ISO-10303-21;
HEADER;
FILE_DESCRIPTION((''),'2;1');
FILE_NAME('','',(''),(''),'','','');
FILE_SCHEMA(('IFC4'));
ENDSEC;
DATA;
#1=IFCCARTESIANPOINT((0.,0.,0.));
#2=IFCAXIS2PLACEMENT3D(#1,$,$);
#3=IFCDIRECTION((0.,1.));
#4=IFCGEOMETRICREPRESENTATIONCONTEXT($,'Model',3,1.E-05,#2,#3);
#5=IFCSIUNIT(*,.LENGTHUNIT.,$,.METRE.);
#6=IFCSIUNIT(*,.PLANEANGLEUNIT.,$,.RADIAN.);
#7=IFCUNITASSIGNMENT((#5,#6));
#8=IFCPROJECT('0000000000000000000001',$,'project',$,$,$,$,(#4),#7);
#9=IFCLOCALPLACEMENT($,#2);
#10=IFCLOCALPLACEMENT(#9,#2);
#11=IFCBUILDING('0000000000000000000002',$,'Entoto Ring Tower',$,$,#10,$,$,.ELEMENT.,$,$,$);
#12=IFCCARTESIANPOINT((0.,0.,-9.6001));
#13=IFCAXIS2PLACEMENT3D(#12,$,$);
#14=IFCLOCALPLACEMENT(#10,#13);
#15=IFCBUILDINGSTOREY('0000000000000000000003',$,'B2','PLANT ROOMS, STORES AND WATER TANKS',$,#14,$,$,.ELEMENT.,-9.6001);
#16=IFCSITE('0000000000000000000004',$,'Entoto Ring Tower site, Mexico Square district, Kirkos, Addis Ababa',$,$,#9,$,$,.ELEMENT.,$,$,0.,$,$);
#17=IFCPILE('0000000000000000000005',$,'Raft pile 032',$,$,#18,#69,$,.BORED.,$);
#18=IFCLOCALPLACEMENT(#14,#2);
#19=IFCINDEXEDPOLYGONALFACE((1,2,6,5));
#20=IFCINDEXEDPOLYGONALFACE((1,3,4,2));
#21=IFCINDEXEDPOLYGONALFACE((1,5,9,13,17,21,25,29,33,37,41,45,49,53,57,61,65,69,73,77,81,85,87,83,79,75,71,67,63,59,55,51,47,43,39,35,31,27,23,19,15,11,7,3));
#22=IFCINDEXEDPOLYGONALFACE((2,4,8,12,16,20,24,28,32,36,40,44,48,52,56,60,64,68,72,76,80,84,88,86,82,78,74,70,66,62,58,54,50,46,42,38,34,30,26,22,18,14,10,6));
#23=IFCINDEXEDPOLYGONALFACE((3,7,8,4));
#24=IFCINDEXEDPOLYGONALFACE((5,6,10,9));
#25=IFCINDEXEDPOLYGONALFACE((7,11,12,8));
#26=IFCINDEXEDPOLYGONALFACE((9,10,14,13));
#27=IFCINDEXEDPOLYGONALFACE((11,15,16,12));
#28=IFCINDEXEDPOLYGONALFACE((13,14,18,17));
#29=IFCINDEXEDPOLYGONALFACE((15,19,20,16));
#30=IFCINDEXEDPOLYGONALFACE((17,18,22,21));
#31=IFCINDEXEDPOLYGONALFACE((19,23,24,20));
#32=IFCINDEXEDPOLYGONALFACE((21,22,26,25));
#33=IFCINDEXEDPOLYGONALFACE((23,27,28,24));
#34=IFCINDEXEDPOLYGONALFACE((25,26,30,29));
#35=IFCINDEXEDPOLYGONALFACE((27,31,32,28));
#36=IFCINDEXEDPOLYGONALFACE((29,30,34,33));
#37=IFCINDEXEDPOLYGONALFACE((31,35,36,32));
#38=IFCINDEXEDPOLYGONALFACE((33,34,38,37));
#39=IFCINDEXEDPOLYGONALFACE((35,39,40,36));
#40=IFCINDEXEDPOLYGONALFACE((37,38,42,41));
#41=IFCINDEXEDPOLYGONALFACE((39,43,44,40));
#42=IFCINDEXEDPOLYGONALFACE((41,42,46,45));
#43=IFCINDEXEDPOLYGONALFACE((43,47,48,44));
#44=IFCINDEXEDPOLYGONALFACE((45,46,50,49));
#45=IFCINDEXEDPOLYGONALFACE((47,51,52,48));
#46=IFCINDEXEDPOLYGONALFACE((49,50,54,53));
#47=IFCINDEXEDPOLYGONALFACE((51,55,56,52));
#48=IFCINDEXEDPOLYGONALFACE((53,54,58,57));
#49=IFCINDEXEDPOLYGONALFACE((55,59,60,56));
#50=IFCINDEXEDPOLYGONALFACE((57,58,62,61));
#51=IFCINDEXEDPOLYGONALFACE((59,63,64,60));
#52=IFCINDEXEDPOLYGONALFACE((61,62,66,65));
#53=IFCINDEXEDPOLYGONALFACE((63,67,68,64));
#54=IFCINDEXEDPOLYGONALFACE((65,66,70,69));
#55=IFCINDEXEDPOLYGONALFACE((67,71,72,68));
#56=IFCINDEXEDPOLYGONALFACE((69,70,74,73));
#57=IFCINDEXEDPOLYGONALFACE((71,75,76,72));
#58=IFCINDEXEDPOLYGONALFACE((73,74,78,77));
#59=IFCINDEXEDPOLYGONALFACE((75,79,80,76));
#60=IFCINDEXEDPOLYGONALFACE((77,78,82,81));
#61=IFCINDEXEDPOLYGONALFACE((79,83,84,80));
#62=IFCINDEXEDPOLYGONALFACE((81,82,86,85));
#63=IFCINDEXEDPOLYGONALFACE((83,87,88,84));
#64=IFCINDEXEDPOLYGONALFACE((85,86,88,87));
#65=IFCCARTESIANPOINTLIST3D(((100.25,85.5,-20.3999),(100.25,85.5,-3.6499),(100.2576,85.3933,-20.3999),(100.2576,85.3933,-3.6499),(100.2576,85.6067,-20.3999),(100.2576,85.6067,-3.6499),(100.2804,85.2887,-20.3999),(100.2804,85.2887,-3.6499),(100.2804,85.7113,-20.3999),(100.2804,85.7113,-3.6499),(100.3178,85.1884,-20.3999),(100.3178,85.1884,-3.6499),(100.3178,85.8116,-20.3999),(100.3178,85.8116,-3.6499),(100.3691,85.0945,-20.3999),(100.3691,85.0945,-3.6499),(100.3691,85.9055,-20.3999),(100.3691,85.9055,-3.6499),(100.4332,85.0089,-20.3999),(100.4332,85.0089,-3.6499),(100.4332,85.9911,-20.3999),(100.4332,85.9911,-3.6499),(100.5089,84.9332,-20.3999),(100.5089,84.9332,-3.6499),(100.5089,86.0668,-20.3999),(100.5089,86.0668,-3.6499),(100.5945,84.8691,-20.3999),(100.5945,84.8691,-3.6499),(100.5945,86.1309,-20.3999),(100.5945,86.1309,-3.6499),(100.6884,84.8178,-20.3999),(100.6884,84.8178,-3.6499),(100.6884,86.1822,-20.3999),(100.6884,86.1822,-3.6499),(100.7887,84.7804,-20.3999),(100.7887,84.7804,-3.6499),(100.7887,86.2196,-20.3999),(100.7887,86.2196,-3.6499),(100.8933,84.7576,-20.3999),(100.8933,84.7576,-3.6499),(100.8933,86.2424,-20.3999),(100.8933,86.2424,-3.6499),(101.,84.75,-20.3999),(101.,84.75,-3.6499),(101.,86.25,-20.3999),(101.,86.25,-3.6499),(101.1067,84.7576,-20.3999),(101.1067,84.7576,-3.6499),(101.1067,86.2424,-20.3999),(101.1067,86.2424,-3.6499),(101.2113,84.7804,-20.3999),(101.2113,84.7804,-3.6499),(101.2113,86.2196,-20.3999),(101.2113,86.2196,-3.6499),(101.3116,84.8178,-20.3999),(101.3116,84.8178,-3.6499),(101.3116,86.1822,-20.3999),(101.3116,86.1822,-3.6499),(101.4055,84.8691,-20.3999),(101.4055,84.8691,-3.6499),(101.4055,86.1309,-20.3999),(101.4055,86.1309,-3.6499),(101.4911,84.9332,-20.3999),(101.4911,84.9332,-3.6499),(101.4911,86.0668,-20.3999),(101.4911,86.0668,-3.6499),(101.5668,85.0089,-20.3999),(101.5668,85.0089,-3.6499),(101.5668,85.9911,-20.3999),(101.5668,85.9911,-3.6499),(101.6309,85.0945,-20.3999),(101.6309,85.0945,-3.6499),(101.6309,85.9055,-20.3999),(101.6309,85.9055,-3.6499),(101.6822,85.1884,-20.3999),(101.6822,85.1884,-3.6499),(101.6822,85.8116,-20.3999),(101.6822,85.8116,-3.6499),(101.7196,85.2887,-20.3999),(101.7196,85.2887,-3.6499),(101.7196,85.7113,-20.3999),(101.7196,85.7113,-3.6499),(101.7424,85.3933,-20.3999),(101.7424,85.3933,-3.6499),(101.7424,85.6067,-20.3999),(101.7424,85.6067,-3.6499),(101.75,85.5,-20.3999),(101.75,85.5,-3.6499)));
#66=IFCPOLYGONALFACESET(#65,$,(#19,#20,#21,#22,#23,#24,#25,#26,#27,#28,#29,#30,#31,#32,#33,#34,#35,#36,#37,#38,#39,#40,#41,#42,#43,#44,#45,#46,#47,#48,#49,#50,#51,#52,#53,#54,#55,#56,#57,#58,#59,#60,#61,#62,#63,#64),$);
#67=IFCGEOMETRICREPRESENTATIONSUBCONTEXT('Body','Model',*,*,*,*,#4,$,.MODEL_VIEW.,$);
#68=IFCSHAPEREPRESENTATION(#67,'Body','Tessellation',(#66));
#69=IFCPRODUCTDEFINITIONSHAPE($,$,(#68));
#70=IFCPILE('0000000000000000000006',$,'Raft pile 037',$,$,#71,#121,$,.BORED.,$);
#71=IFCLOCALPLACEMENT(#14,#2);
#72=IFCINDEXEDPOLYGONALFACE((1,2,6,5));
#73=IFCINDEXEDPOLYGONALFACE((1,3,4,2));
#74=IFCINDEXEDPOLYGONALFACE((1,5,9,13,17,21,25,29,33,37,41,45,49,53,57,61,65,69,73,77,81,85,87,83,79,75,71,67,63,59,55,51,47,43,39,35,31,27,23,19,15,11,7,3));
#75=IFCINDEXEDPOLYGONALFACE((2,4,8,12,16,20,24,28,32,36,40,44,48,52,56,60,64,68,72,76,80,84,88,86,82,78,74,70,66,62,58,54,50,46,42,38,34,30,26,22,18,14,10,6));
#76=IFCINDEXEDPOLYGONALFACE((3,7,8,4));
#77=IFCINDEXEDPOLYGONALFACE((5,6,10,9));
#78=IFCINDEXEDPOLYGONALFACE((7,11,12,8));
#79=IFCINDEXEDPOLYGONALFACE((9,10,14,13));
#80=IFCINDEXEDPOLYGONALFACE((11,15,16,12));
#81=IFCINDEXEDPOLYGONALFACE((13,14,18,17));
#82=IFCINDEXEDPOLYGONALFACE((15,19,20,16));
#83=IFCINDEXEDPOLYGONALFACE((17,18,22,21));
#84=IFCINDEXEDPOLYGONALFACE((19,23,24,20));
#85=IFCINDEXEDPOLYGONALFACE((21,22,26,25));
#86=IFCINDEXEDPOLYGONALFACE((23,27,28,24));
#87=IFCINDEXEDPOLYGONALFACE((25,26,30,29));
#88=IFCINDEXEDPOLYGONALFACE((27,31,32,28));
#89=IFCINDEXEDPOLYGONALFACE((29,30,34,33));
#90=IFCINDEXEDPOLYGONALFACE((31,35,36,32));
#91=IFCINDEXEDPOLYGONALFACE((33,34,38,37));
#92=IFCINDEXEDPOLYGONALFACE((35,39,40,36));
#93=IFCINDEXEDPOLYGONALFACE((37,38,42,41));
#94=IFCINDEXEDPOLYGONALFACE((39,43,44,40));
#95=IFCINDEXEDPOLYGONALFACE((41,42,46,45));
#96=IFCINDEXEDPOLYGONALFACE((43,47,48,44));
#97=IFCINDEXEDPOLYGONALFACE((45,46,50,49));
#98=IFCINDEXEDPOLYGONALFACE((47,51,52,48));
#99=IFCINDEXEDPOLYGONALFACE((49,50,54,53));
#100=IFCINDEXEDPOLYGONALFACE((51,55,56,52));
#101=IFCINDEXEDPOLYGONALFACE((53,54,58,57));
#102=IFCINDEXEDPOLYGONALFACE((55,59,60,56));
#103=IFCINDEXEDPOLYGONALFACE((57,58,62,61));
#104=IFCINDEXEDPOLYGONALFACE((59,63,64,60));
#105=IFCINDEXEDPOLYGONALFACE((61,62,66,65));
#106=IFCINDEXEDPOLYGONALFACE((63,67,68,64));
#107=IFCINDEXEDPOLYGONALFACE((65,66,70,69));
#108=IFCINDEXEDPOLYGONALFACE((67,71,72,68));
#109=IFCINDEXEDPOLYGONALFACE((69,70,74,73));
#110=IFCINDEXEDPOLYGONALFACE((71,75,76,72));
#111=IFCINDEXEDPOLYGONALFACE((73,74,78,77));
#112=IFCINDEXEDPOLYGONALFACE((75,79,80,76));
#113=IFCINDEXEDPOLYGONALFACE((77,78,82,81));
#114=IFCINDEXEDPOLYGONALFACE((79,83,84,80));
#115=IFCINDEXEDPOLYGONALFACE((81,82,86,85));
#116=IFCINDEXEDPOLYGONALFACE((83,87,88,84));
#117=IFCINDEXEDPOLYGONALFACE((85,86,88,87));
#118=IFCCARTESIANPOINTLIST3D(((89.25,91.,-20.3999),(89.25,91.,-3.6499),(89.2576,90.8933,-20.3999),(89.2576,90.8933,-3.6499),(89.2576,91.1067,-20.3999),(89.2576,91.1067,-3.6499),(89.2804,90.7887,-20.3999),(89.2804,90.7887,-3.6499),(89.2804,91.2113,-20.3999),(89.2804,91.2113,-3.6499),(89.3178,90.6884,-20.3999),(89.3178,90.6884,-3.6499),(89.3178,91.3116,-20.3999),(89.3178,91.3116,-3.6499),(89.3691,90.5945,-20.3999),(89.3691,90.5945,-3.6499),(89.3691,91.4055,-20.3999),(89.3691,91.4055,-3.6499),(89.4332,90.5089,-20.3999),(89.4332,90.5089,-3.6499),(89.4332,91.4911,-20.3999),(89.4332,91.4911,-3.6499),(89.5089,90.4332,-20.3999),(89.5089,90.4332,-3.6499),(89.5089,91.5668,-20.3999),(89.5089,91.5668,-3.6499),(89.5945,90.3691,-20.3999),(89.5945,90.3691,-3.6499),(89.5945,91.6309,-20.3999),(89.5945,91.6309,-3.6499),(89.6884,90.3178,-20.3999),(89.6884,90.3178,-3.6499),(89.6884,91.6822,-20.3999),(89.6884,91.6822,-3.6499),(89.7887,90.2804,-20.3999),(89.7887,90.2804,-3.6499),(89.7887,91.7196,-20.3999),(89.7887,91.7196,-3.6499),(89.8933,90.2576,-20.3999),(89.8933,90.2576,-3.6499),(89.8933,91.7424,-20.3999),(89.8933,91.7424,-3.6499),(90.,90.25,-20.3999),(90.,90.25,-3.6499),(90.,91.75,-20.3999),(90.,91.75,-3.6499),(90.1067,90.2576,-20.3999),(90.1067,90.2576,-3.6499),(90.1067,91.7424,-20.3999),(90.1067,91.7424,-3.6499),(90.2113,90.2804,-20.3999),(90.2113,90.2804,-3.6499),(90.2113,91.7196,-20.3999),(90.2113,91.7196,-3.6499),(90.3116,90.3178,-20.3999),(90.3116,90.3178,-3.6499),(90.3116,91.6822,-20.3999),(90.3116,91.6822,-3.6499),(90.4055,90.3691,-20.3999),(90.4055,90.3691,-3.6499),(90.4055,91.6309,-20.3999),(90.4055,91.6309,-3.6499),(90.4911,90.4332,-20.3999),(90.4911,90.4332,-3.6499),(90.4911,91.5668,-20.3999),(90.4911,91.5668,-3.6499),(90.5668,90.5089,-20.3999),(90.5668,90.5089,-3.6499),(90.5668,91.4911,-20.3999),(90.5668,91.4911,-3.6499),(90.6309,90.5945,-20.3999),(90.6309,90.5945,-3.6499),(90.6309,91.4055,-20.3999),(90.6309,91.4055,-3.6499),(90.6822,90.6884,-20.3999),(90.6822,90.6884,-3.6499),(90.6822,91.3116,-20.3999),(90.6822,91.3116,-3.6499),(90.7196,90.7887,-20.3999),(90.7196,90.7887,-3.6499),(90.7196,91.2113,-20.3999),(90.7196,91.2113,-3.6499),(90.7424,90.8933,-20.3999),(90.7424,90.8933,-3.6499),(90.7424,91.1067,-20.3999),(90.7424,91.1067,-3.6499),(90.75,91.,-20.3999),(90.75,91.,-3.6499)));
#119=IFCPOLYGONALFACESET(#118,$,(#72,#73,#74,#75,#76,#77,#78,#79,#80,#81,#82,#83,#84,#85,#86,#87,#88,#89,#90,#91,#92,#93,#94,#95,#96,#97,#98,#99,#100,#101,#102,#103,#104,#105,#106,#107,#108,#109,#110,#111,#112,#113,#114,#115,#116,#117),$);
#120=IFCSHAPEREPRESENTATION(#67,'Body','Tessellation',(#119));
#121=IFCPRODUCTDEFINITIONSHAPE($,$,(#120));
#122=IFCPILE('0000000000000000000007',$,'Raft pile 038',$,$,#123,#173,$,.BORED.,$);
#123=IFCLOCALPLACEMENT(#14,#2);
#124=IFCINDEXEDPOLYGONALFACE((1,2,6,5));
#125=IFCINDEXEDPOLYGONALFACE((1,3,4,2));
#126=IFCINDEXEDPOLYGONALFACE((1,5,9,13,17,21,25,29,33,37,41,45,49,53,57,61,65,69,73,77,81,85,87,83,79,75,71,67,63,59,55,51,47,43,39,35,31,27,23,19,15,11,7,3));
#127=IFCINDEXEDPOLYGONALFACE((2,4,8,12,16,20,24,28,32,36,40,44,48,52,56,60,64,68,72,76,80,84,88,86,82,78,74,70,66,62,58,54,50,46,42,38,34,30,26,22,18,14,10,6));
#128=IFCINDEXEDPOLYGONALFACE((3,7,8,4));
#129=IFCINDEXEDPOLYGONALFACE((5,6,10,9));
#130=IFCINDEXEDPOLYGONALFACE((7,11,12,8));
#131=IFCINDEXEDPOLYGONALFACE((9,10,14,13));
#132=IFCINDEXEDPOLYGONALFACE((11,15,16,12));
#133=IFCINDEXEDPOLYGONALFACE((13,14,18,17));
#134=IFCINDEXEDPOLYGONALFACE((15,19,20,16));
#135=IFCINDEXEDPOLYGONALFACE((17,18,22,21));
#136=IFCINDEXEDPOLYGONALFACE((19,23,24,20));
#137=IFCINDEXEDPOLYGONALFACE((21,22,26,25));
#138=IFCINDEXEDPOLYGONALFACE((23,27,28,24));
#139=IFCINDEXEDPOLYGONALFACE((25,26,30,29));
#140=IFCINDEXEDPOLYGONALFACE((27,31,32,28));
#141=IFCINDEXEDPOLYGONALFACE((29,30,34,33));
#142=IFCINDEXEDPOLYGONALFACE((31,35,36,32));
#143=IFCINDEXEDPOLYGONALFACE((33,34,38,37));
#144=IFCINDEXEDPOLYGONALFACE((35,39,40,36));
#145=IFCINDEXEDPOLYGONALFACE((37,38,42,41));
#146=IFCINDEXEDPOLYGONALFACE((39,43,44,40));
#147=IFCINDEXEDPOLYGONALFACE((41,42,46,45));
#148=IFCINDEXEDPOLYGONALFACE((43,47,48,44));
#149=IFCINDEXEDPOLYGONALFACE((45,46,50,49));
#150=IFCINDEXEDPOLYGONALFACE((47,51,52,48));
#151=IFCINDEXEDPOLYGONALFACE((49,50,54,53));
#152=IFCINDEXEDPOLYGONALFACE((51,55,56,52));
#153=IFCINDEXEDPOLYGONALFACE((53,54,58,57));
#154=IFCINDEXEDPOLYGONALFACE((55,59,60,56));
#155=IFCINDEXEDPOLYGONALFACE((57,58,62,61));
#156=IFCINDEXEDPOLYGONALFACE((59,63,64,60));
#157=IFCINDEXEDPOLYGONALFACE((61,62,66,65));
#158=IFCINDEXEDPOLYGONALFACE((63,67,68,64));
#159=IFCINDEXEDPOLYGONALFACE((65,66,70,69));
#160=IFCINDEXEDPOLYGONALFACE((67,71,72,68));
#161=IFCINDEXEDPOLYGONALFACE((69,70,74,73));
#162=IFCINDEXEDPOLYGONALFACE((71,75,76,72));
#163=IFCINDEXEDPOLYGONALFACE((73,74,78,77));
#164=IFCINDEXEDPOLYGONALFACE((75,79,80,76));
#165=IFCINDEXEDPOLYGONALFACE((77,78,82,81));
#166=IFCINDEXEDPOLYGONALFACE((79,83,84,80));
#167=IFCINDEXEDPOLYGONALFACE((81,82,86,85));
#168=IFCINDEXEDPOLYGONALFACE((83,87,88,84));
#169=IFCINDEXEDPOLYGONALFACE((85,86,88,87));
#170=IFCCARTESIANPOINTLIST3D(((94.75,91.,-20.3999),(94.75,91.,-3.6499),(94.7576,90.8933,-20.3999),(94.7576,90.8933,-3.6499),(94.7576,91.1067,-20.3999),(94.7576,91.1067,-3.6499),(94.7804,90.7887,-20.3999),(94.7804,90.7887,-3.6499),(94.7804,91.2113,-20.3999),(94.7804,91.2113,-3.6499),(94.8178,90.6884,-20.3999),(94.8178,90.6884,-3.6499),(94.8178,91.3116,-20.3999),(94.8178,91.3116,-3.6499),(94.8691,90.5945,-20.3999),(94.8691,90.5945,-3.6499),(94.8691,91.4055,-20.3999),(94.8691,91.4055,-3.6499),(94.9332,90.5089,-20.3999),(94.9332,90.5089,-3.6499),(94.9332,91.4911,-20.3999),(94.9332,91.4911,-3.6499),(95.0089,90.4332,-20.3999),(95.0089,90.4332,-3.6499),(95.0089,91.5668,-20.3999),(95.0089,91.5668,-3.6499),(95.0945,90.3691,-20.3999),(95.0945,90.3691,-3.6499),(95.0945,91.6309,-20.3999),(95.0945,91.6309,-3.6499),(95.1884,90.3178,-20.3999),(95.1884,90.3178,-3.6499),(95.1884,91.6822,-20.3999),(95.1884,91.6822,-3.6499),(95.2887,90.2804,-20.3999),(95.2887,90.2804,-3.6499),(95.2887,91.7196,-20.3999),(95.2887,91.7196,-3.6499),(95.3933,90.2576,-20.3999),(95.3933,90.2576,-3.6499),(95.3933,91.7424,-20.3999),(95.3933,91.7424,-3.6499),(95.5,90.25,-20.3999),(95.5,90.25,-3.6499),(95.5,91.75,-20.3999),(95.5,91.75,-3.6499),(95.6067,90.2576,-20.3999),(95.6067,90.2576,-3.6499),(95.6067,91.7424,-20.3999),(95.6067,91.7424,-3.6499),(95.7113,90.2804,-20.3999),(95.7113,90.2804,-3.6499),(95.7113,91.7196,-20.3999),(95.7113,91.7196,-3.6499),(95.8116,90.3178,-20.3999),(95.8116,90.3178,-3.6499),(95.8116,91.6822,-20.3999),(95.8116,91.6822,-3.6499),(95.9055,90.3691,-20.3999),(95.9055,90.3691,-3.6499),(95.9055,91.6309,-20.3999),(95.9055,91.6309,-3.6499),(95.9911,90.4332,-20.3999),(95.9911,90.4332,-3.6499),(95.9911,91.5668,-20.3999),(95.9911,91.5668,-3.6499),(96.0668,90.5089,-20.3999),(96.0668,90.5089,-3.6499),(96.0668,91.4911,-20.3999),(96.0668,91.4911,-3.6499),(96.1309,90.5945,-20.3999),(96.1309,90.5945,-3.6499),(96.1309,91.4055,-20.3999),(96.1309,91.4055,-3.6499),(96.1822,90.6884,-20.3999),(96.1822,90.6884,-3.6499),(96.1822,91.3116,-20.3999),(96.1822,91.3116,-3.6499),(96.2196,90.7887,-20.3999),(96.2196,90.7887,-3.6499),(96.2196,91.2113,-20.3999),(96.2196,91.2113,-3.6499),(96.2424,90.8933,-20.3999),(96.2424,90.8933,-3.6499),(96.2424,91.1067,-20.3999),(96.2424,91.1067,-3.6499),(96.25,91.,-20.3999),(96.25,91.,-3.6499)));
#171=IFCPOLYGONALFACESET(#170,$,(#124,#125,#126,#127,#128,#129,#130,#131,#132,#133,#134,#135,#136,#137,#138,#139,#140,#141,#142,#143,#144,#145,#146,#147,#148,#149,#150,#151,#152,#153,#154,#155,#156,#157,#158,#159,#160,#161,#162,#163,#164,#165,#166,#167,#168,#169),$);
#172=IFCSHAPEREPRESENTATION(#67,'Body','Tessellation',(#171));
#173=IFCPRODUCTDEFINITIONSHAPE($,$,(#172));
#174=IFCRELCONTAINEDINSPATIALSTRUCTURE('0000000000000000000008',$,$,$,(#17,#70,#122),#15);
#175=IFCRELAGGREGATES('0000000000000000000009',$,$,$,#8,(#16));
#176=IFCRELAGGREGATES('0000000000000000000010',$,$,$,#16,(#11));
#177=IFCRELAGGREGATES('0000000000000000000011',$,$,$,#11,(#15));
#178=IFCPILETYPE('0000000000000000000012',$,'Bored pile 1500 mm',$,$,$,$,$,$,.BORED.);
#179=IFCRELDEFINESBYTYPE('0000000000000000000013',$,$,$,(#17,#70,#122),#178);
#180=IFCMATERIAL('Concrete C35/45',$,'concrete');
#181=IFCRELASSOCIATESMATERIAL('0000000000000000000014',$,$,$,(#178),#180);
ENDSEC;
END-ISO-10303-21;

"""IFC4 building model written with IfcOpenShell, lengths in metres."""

from ifc_helpers import new_model, si_unit, direction, frame, origin, origin_2d, place, context, subcontext, project, spatial, circle, extrude, material, material_profile, profile_set, type_object, element, save


model = new_model("IFC4")

# Units and contexts
model_context = context("Model", 3, precision=1e-05, world=origin(), true_north=direction((0.0, 1.0)))
body_context = subcontext(model_context, "Body", "Model", "MODEL_VIEW")
ifc_project = project(units=[si_unit("LENGTHUNIT", "METRE"), si_unit("PLANEANGLEUNIT", "RADIAN")], contexts=[model_context])

# Site, building, storey
site_placement = place(None, origin())
site = spatial("IfcSite", under=ifc_project, at=site_placement, Name="Entoto Ring Tower site, Mexico Square district, Kirkos, Addis Ababa", CompositionType="ELEMENT", RefElevation=0.0)
building_placement = place(site_placement, origin())
building = spatial("IfcBuilding", under=site, at=building_placement, Name="Entoto Ring Tower", CompositionType="ELEMENT")
storey_placement = place(building_placement, frame((0.0, 0.0, -9.6001)))
storey = spatial("IfcBuildingStorey", under=building, at=storey_placement, Name="B2", Description="PLANT ROOMS, STORES AND WATER TANKS", CompositionType="ELEMENT", Elevation=-9.6001)

# Piles
ifc_material_1 = material(Name="Concrete C35/45", Category="concrete")
ifc_material_profile_1 = material_profile(ifc_material_1, circle(Radius=0.75, at=origin_2d()), Name="Bored pile 1500 mm")
ifc_profile_set_1 = profile_set([ifc_material_profile_1], Name="Concrete C35/45")
pile_type = type_object("IfcPileType", Name="Bored pile 1500 mm", PredefinedType="BORED", material=ifc_profile_set_1)
for number, where, z_axis, x_axis, name in (
    (1, (101.0, 85.5, -3.6499), (0.0, 0.0, -1.0), (1.0, 0.0, 0.0), "Raft pile 032"),
    (2, (90.0, 91.0, -3.6499), (0.0, 0.0, -1.0), (1.0, 0.0, 0.0), "Raft pile 037"),
    (3, (95.5, 91.0, -3.6499), (0.0, 0.0, -1.0), (1.0, 0.0, 0.0), "Raft pile 038"),
):
    element("IfcPile", number, at=place(storey_placement, frame(where, z_axis=z_axis, x_axis=x_axis)), inside=storey, type_object=pile_type, Name=name, PredefinedType="BORED", context=body_context, shape_type="SweptSolid", body=[
        extrude(circle(Radius=0.75, at=origin_2d()), origin(), (0.0, 0.0, 1.0), 16.75),
    ])

save(model, "model.ifc")
